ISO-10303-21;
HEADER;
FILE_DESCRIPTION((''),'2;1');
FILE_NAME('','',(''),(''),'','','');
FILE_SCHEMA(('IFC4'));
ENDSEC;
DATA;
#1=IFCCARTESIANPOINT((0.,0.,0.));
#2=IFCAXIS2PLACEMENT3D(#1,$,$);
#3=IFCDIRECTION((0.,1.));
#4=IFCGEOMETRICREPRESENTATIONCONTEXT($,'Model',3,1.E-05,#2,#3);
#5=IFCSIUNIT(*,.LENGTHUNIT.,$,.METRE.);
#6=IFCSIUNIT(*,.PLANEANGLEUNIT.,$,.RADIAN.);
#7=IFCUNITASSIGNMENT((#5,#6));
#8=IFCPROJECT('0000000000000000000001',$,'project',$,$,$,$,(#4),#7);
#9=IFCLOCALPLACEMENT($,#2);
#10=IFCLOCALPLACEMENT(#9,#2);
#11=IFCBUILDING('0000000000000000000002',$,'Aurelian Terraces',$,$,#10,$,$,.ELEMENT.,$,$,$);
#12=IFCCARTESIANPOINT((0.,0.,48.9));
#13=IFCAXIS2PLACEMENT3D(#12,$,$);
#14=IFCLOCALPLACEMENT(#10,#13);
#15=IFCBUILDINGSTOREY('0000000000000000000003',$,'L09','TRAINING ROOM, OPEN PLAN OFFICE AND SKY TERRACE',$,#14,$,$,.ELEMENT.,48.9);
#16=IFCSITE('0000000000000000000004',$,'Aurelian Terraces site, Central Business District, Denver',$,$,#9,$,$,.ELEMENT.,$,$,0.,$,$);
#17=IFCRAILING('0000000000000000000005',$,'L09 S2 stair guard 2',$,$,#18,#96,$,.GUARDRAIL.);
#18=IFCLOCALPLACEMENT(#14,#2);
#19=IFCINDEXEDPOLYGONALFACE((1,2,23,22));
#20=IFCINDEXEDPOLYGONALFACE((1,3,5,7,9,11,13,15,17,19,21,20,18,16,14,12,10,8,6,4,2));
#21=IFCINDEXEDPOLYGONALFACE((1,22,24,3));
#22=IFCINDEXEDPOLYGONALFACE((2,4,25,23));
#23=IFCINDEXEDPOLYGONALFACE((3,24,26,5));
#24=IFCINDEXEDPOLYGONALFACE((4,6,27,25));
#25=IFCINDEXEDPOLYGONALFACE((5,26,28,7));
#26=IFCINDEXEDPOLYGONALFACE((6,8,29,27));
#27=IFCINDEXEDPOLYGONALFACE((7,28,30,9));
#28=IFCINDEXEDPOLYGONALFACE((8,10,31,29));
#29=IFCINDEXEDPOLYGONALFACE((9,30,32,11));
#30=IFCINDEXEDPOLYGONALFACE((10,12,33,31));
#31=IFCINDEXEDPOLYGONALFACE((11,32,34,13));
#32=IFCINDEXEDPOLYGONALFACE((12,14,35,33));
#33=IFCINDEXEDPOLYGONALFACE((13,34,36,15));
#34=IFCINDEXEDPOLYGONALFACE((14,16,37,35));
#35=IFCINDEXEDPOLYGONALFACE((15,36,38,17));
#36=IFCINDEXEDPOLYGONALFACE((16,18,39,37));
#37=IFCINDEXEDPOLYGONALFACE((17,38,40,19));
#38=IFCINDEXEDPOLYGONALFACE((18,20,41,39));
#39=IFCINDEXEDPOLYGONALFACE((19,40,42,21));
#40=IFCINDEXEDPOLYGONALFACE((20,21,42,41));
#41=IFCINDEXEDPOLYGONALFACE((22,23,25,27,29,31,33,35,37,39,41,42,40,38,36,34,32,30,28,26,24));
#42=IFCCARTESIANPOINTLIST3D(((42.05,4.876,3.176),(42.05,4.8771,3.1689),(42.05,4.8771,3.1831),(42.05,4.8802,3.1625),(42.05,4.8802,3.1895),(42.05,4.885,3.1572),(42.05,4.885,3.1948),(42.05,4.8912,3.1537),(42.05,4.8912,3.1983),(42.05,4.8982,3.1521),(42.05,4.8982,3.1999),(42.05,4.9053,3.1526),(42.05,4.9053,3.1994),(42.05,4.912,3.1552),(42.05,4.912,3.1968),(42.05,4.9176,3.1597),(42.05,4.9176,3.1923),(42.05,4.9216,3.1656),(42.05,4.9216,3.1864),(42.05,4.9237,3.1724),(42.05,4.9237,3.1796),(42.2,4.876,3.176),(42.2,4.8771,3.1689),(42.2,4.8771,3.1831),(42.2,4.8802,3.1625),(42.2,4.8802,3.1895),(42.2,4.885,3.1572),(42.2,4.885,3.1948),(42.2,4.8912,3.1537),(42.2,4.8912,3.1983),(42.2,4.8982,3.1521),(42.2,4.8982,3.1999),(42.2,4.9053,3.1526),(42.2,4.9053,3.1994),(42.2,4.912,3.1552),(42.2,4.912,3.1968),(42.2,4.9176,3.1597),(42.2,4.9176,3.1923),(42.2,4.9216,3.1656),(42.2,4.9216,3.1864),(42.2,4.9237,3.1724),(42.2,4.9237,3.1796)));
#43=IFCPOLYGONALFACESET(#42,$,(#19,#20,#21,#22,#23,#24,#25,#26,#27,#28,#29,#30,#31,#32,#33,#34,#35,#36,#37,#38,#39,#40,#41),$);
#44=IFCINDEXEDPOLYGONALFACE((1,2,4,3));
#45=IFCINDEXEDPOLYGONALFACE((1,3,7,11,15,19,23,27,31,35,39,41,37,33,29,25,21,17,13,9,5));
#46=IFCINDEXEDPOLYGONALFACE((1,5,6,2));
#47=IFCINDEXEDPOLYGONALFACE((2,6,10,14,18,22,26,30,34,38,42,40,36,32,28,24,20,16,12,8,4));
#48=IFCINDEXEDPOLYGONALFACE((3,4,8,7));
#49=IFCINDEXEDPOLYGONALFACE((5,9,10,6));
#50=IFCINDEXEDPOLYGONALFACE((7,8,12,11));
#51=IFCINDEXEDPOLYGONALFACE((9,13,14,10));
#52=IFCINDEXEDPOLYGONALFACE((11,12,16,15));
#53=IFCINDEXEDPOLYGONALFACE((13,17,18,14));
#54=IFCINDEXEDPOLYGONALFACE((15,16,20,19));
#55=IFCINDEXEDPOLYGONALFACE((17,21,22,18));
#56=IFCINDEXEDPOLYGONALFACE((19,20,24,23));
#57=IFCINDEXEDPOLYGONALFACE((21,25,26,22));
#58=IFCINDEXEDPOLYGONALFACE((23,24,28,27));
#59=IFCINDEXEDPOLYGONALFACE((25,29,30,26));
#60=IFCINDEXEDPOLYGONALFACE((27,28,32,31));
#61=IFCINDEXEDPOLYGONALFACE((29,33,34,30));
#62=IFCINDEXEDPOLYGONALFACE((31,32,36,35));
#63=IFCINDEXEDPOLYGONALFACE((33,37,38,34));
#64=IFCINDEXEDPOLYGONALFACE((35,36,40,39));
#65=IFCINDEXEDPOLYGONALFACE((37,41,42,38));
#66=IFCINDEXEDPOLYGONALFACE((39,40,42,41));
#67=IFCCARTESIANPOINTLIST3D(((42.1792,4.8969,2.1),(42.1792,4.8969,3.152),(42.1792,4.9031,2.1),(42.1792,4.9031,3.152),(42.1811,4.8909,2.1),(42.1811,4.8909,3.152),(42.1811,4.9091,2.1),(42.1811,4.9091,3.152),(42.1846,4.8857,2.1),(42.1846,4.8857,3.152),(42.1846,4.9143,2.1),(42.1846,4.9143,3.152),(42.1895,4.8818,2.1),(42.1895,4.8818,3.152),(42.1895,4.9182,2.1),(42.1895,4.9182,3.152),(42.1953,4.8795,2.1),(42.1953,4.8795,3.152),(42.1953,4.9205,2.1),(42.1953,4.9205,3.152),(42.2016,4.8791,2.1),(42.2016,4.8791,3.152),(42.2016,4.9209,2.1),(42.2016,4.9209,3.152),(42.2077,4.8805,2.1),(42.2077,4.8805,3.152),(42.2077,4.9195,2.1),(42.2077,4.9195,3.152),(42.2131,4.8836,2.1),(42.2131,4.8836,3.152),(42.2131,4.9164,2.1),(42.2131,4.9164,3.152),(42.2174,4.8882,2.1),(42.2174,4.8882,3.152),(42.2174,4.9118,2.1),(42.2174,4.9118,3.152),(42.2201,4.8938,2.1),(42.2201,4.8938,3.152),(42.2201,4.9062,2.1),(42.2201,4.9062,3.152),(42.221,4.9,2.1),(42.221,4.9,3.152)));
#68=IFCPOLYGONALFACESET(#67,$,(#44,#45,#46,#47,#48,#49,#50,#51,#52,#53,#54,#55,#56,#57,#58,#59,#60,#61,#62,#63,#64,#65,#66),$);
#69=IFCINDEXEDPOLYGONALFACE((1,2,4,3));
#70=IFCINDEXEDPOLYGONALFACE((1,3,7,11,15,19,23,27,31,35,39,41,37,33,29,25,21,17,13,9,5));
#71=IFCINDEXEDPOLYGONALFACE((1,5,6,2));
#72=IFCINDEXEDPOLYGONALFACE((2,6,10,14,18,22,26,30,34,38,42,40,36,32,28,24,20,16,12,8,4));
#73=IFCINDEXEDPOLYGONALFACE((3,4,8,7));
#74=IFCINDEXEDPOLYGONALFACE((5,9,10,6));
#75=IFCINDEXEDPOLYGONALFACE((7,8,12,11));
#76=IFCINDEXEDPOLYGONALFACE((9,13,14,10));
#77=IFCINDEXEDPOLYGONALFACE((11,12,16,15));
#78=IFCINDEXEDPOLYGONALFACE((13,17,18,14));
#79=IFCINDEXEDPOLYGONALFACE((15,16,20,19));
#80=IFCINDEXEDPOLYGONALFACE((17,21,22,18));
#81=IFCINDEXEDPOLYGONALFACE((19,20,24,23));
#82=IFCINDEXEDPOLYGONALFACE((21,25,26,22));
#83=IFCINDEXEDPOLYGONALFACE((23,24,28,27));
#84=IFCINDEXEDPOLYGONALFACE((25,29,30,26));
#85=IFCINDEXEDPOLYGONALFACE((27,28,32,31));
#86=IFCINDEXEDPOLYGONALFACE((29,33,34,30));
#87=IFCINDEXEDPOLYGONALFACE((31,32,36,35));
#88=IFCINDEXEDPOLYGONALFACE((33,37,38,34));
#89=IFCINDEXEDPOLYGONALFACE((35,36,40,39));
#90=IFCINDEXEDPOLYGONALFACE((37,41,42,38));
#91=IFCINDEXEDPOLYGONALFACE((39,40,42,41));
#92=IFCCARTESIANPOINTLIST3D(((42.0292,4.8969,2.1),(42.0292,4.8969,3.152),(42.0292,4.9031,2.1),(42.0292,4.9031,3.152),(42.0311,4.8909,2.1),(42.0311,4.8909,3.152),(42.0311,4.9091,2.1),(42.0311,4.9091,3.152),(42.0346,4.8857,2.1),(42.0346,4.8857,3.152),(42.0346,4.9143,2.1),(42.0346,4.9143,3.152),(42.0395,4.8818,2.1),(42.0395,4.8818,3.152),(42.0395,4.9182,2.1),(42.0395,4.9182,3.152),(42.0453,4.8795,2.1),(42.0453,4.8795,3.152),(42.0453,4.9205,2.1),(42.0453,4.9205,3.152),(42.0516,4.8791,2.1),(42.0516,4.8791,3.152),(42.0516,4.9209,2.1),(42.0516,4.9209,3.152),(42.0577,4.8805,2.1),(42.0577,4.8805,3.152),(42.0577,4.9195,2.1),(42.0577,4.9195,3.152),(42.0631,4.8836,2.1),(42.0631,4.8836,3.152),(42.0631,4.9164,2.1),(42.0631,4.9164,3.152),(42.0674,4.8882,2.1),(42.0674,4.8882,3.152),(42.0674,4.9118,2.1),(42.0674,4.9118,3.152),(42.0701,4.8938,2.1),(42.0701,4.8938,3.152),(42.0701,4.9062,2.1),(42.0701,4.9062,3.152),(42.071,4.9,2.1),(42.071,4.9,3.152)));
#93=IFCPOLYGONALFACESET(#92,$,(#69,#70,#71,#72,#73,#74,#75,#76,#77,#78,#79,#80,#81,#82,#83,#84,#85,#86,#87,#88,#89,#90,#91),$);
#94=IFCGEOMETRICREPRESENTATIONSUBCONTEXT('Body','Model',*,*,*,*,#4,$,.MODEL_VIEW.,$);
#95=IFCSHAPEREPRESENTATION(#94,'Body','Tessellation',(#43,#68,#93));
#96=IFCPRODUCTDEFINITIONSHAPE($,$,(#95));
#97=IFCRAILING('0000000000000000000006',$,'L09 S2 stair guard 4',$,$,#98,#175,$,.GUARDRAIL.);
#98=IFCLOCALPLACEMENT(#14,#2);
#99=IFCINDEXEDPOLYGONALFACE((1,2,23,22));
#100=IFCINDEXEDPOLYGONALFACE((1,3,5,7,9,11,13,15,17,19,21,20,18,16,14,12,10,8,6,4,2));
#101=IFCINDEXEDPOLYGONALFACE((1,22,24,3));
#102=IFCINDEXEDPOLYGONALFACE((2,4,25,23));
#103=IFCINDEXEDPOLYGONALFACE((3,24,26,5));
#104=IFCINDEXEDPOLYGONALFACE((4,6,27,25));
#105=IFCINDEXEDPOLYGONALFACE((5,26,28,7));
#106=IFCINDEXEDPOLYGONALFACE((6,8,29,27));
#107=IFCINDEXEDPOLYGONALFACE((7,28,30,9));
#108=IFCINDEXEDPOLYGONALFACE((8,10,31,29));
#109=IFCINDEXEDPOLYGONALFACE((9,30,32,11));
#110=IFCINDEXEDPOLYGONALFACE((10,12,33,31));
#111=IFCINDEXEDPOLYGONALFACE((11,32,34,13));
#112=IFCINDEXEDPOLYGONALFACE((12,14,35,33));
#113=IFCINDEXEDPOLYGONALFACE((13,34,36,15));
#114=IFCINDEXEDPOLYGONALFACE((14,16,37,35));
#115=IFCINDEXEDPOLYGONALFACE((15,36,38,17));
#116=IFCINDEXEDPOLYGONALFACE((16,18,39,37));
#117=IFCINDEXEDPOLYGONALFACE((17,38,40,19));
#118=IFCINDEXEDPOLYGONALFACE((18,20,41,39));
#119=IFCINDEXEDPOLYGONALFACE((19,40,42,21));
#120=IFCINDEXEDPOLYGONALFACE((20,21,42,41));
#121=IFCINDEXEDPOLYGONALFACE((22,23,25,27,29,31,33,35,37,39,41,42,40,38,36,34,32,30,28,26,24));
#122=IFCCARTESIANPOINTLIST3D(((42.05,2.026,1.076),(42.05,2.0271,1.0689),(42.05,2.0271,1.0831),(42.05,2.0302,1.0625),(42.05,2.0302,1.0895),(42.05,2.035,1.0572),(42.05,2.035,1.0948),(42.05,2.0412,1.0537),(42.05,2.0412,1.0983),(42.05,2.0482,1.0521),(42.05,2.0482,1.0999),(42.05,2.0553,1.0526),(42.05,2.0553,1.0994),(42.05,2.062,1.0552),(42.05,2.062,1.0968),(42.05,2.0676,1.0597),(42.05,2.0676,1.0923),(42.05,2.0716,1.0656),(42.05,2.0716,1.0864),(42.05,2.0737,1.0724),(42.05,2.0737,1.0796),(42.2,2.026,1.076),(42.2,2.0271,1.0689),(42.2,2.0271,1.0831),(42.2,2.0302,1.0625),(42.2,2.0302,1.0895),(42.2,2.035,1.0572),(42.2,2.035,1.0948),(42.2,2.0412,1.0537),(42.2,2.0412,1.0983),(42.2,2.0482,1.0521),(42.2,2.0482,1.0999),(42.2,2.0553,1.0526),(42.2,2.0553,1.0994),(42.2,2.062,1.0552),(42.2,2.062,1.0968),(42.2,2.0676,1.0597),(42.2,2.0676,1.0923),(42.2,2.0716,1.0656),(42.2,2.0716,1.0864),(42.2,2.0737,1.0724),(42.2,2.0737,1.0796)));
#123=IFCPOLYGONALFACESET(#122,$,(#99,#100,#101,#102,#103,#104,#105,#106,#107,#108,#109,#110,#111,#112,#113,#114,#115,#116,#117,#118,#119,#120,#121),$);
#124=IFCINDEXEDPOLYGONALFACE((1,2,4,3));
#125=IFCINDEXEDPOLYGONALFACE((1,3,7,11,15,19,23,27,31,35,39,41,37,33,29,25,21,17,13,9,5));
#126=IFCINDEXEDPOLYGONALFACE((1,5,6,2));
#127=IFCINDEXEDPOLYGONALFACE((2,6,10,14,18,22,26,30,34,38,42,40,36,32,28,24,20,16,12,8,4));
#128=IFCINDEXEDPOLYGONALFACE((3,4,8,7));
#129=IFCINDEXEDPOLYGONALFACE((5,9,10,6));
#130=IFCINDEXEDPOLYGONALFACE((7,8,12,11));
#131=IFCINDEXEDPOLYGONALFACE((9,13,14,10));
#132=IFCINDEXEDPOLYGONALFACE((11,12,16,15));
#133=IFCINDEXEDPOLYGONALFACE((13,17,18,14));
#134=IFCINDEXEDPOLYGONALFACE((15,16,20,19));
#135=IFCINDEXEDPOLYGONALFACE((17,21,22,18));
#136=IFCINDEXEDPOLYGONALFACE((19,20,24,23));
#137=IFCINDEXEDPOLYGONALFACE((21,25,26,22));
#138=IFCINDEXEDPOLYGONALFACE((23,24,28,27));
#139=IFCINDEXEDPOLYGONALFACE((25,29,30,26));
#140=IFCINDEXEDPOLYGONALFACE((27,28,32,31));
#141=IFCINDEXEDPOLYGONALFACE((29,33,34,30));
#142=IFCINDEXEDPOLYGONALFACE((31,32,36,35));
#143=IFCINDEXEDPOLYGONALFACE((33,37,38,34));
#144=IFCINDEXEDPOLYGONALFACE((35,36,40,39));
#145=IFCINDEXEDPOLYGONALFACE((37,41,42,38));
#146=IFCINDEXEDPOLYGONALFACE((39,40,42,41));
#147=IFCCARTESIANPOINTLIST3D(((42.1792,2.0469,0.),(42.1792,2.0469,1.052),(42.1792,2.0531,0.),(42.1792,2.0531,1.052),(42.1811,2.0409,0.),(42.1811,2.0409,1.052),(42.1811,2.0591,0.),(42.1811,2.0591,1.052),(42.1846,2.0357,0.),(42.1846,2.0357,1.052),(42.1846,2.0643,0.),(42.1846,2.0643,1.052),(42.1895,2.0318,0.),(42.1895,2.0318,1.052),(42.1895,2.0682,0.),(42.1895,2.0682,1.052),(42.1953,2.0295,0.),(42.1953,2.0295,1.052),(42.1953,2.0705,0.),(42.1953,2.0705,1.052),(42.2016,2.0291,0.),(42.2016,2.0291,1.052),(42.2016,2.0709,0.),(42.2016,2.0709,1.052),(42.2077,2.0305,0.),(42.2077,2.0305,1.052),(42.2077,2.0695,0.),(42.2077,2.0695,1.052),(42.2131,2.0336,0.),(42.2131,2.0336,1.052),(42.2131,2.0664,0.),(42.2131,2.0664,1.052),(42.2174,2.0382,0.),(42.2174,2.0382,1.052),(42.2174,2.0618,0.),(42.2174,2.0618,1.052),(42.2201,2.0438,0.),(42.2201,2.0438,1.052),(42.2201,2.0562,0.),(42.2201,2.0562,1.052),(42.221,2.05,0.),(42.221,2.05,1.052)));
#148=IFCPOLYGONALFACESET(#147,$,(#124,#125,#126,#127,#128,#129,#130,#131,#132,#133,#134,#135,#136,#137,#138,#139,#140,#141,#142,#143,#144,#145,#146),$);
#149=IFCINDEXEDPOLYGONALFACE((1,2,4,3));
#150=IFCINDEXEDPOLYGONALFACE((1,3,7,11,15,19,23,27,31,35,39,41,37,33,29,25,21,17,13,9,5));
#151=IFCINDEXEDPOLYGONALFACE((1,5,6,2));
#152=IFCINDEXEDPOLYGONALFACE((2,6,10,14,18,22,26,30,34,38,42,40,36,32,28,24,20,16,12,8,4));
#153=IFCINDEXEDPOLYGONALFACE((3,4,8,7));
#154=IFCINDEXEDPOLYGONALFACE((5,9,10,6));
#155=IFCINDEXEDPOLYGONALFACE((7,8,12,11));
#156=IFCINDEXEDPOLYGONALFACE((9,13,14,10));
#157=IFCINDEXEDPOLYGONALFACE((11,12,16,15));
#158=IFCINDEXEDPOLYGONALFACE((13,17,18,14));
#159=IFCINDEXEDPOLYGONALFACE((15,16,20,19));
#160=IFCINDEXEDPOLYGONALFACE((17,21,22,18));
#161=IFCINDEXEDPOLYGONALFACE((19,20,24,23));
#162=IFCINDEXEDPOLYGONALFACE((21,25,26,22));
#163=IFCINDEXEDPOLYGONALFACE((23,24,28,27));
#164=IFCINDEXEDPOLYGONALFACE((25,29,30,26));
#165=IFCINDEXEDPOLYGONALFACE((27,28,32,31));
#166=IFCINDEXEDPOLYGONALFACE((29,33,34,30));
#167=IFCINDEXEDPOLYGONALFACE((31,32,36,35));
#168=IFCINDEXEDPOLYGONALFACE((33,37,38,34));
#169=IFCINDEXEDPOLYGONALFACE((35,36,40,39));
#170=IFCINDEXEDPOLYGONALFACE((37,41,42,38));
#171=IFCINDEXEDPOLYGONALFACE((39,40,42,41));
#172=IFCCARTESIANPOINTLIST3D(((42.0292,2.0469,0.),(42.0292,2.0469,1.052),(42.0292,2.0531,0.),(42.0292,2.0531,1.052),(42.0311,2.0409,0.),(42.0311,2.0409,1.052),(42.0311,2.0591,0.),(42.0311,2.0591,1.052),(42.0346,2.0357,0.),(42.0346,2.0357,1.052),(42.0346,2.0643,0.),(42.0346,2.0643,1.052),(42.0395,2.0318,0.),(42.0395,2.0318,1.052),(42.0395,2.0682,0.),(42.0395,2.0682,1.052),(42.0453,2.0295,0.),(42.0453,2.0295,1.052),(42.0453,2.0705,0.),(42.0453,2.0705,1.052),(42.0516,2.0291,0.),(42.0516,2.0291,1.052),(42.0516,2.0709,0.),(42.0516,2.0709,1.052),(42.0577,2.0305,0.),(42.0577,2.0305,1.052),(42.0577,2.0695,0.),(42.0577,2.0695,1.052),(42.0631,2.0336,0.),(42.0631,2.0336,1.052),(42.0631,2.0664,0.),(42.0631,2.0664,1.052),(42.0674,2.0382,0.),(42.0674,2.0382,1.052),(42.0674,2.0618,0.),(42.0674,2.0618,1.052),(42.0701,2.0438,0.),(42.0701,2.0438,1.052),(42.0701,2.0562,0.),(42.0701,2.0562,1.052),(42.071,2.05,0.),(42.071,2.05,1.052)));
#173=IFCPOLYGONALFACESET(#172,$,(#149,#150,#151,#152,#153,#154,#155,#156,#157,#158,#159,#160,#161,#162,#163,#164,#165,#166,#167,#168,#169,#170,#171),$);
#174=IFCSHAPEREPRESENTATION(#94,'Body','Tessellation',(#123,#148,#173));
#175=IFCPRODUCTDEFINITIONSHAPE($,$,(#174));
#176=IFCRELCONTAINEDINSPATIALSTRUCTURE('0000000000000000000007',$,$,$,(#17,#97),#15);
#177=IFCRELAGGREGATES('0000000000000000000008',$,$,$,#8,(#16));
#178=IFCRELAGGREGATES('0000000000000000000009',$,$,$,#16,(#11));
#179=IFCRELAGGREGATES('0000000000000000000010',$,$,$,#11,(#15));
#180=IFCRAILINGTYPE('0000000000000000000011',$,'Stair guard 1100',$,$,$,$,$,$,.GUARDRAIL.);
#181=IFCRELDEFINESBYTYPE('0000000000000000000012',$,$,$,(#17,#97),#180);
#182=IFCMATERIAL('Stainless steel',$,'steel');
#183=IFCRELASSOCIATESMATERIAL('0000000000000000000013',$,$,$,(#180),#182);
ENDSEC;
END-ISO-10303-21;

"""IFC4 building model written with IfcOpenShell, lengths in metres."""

from ifc_helpers import new_model, si_unit, direction, frame, origin, origin_2d, place, context, subcontext, project, spatial, circle, extrude, source, transform, mapped, material, type_object, element, save


model = new_model("IFC4")

# Units and contexts
model_context = context("Model", 3, precision=1e-05, world=origin(), true_north=direction((0.0, 1.0)))
body_context = subcontext(model_context, "Body", "Model", "MODEL_VIEW")
ifc_project = project(units=[si_unit("LENGTHUNIT", "METRE"), si_unit("PLANEANGLEUNIT", "RADIAN")], contexts=[model_context])

# Site, building, storey
site_placement = place(None, origin())
site = spatial("IfcSite", under=ifc_project, at=site_placement, Name="Aurelian Terraces site, Central Business District, Denver", CompositionType="ELEMENT", RefElevation=0.0)
building_placement = place(site_placement, origin())
building = spatial("IfcBuilding", under=site, at=building_placement, Name="Aurelian Terraces", CompositionType="ELEMENT")
storey_placement = place(building_placement, frame((0.0, 0.0, 48.9)))
storey = spatial("IfcBuildingStorey", under=building, at=storey_placement, Name="L09", Description="TRAINING ROOM, OPEN PLAN OFFICE AND SKY TERRACE", CompositionType="ELEMENT", Elevation=48.9)

# Railings
ifc_material_1 = material(Name="Stainless steel", Category="steel")
railing_type_1 = type_object("IfcRailingType", Name="Stair guard 1100", PredefinedType="GUARDRAIL", material=ifc_material_1)
shared_shape_1 = source(origin(), body_context, "Body", "SweptSolid", [
    extrude(circle(Radius=0.024, at=origin_2d()), frame((0.0, 0.0, 1.076), z_axis=(-1.0, 0.0, 0.0), x_axis=(0.0, -1.0, 0.0)), (0.0, 0.0, 1.0), 0.15),
    extrude(circle(Radius=0.021, at=origin_2d()), origin(), (0.0, 0.0, 1.0), 1.052),
    extrude(circle(Radius=0.021, at=origin_2d()), frame((-0.15, 0.0, 0.0)), (0.0, 0.0, 1.0), 1.052),
])
for number, where, name in (
    (1, (42.2, 4.9, 2.1), "L09 S2 stair guard 2"),
    (2, (42.2, 2.05, 0.0), "L09 S2 stair guard 4"),
):
    element("IfcRailing", number, at=place(storey_placement, frame(where)), inside=storey, type_object=railing_type_1, Name=name, PredefinedType="GUARDRAIL", context=body_context, shape_type="MappedRepresentation", body=[
        mapped(shared_shape_1, transform((0.0, 0.0, 0.0), scale=1.0)),
    ])

save(model, "model.ifc")
